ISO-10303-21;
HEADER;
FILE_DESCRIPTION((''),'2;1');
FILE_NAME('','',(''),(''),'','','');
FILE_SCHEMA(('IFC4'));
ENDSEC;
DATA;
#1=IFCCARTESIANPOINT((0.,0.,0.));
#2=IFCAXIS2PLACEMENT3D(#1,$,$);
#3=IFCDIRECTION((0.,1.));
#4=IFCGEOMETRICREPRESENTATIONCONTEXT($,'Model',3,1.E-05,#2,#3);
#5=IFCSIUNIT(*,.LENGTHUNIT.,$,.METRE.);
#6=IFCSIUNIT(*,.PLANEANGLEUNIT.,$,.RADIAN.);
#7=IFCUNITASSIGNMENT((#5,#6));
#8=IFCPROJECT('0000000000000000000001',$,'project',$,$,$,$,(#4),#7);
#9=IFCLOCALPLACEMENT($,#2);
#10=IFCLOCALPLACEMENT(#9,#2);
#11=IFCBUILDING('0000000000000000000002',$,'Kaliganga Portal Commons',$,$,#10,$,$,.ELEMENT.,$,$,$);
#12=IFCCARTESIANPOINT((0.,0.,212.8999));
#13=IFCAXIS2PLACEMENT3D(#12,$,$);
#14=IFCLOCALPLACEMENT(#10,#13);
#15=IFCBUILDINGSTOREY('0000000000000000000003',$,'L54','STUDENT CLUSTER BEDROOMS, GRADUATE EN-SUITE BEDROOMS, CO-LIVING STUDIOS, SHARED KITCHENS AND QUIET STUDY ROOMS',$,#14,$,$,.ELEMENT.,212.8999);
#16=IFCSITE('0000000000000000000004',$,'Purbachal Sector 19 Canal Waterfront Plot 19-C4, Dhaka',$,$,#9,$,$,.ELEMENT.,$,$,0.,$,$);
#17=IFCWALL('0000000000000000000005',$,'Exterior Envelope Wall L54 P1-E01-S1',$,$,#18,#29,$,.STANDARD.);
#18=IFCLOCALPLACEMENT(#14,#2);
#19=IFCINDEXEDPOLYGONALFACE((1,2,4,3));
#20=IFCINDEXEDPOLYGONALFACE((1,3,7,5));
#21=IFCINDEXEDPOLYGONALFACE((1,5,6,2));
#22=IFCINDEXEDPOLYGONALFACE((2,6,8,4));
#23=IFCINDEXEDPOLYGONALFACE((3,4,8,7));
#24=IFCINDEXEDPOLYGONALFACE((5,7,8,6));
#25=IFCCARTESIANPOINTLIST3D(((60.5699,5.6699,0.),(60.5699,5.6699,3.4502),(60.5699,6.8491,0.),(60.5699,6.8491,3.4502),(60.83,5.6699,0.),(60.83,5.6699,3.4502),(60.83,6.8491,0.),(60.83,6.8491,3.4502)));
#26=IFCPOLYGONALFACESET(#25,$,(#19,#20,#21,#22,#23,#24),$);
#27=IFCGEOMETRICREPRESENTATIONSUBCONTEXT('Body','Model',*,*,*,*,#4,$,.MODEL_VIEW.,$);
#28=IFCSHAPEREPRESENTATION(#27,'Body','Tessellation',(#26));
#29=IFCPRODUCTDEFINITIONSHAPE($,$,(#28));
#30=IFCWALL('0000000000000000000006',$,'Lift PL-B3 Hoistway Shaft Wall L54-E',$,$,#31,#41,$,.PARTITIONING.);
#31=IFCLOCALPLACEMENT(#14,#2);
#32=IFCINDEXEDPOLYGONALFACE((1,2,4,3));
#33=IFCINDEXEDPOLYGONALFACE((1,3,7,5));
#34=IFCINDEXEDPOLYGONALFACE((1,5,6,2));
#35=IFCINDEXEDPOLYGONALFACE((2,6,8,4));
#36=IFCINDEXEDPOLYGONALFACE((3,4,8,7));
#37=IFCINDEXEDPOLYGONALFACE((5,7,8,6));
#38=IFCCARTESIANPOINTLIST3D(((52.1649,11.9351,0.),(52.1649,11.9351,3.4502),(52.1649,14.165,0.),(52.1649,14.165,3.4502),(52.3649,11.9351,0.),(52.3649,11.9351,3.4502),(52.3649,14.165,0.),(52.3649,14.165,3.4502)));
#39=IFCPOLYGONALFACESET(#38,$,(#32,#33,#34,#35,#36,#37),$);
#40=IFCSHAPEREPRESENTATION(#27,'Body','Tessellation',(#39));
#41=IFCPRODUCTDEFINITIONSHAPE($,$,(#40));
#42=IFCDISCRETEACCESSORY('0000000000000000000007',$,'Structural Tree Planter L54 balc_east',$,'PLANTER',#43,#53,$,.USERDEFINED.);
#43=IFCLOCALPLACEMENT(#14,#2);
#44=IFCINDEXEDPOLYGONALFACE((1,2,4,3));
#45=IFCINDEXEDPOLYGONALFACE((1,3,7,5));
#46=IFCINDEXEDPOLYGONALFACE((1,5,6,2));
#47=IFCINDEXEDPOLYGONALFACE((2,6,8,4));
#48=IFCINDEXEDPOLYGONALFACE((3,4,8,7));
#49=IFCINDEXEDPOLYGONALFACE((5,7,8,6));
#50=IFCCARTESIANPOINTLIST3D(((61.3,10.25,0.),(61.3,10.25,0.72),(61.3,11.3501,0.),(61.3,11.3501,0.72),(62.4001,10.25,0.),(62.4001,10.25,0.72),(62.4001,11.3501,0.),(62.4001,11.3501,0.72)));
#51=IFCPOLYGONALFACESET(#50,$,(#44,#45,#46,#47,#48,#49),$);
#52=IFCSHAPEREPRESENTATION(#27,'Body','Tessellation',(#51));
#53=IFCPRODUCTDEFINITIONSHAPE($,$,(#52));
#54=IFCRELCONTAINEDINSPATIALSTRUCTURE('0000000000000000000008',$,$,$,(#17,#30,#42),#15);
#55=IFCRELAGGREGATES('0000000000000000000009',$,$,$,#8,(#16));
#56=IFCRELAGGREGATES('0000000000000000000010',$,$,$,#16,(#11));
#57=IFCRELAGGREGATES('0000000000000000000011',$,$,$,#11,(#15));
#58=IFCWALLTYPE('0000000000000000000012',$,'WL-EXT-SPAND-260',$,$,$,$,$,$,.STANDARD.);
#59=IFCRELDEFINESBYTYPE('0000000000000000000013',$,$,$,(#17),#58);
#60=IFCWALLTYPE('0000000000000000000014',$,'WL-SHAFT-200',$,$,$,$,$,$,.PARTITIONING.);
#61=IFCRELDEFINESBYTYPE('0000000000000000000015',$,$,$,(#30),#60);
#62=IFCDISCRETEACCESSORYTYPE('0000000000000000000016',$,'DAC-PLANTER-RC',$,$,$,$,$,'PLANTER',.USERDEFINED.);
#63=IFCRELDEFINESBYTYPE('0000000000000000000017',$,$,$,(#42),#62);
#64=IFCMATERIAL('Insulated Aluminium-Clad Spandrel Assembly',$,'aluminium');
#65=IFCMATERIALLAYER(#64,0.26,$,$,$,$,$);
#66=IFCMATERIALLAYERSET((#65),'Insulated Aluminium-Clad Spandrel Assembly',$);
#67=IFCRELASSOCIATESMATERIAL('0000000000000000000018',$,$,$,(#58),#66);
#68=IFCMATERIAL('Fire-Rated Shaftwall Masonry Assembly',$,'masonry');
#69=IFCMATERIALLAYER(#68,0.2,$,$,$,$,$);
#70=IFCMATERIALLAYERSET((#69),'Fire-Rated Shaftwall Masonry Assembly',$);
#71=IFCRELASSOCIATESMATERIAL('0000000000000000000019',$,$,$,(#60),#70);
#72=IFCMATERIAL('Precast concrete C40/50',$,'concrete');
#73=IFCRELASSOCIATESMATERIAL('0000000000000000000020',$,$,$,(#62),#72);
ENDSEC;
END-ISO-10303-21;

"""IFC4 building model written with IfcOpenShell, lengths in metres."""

from ifc_helpers import new_model, si_unit, direction, frame, frame_2d, origin, origin_2d, place, context, subcontext, project, spatial, rectangle, extrude, source, transform, mapped, material, layer, layer_set, type_object, element, save


model = new_model("IFC4")

# Units and contexts
model_context = context("Model", 3, precision=1e-05, world=origin(), true_north=direction((0.0, 1.0)))
body_context = subcontext(model_context, "Body", "Model", "MODEL_VIEW")
ifc_project = project(units=[si_unit("LENGTHUNIT", "METRE"), si_unit("PLANEANGLEUNIT", "RADIAN")], contexts=[model_context])

# Site, building, storey
site_placement = place(None, origin())
site = spatial("IfcSite", under=ifc_project, at=site_placement, Name="Purbachal Sector 19 Canal Waterfront Plot 19-C4, Dhaka", CompositionType="ELEMENT", RefElevation=0.0)
building_placement = place(site_placement, origin())
building = spatial("IfcBuilding", under=site, at=building_placement, Name="Kaliganga Portal Commons", CompositionType="ELEMENT")
storey_placement = place(building_placement, frame((0.0, 0.0, 212.8999)))
storey = spatial("IfcBuildingStorey", under=building, at=storey_placement, Name="L54", Description="STUDENT CLUSTER BEDROOMS, GRADUATE EN-SUITE BEDROOMS, CO-LIVING STUDIOS, SHARED KITCHENS AND QUIET STUDY ROOMS", CompositionType="ELEMENT", Elevation=212.8999)

# Shared definitions
ifc_material_1 = material(Name="Insulated Aluminium-Clad Spandrel Assembly", Category="aluminium")
ifc_layer_1 = layer(ifc_material_1, 0.26)
ifc_layer_set_1 = layer_set([ifc_layer_1], Name="Insulated Aluminium-Clad Spandrel Assembly")
wall_type_1 = type_object("IfcWallType", Name="WL-EXT-SPAND-260", PredefinedType="STANDARD", material=ifc_layer_set_1)

# Walls
wall_1_placement = place(storey_placement, frame((60.7, 6.8491, 0.0), z_axis=(0.0, 0.0, 1.0), x_axis=(0.0, -1.0, 0.0)))
element("IfcWall", 1, at=wall_1_placement, inside=storey, type_object=wall_type_1, Name="Exterior Envelope Wall L54 P1-E01-S1", PredefinedType="STANDARD", context=body_context, shape_type="SweptSolid", body=[
    extrude(rectangle(XDim=1.1792, YDim=0.26, at=frame_2d((0.5896, 0.0))), origin(), (0.0, 0.0, 1.0), 3.4502),
])
ifc_material_2 = material(Name="Fire-Rated Shaftwall Masonry Assembly", Category="masonry")
ifc_layer_2 = layer(ifc_material_2, 0.2)
ifc_layer_set_2 = layer_set([ifc_layer_2], Name="Fire-Rated Shaftwall Masonry Assembly")
wall_type_2 = type_object("IfcWallType", Name="WL-SHAFT-200", PredefinedType="PARTITIONING", material=ifc_layer_set_2)
wall_2_placement = place(storey_placement, frame((52.2649, 11.9351, 0.0), z_axis=(0.0, 0.0, 1.0), x_axis=(0.0, 1.0, 0.0)))
element("IfcWall", 2, at=wall_2_placement, inside=storey, type_object=wall_type_2, Name="Lift PL-B3 Hoistway Shaft Wall L54-E", PredefinedType="PARTITIONING", context=body_context, shape_type="SweptSolid", body=[
    extrude(rectangle(XDim=2.23, YDim=0.2, at=frame_2d((1.115, 0.0))), origin(), (0.0, 0.0, 1.0), 3.4502),
])

# Discrete accessory
ifc_material_3 = material(Name="Precast concrete C40/50", Category="concrete")
discrete_accessory_type = type_object("IfcDiscreteAccessoryType", Name="DAC-PLANTER-RC", ElementType="PLANTER", PredefinedType="USERDEFINED", material=ifc_material_3)
shared_shape_1 = source(origin(), body_context, "Body", "SweptSolid", [
    extrude(rectangle(XDim=1.1001, YDim=1.1001, at=origin_2d()), origin(), (0.0, 0.0, 1.0), 0.72),
])
discrete_accessory_placement = place(storey_placement, frame((61.8501, 10.8, 0.0), z_axis=(0.0, 0.0, 1.0), x_axis=(1.0, 0.0, 0.0)))
element("IfcDiscreteAccessory", 3, at=discrete_accessory_placement, inside=storey, type_object=discrete_accessory_type, Name="Structural Tree Planter L54 balc_east", ObjectType="PLANTER", PredefinedType="USERDEFINED", context=body_context, shape_type="MappedRepresentation", body=[
    mapped(shared_shape_1, transform((0.0, 0.0, 0.0), x_axis=(1.0, 0.0, 0.0), y_axis=(0.0, 1.0, 0.0), z_axis=(0.0, 0.0, 1.0), scale=1.0)),
])

save(model, "model.ifc")
